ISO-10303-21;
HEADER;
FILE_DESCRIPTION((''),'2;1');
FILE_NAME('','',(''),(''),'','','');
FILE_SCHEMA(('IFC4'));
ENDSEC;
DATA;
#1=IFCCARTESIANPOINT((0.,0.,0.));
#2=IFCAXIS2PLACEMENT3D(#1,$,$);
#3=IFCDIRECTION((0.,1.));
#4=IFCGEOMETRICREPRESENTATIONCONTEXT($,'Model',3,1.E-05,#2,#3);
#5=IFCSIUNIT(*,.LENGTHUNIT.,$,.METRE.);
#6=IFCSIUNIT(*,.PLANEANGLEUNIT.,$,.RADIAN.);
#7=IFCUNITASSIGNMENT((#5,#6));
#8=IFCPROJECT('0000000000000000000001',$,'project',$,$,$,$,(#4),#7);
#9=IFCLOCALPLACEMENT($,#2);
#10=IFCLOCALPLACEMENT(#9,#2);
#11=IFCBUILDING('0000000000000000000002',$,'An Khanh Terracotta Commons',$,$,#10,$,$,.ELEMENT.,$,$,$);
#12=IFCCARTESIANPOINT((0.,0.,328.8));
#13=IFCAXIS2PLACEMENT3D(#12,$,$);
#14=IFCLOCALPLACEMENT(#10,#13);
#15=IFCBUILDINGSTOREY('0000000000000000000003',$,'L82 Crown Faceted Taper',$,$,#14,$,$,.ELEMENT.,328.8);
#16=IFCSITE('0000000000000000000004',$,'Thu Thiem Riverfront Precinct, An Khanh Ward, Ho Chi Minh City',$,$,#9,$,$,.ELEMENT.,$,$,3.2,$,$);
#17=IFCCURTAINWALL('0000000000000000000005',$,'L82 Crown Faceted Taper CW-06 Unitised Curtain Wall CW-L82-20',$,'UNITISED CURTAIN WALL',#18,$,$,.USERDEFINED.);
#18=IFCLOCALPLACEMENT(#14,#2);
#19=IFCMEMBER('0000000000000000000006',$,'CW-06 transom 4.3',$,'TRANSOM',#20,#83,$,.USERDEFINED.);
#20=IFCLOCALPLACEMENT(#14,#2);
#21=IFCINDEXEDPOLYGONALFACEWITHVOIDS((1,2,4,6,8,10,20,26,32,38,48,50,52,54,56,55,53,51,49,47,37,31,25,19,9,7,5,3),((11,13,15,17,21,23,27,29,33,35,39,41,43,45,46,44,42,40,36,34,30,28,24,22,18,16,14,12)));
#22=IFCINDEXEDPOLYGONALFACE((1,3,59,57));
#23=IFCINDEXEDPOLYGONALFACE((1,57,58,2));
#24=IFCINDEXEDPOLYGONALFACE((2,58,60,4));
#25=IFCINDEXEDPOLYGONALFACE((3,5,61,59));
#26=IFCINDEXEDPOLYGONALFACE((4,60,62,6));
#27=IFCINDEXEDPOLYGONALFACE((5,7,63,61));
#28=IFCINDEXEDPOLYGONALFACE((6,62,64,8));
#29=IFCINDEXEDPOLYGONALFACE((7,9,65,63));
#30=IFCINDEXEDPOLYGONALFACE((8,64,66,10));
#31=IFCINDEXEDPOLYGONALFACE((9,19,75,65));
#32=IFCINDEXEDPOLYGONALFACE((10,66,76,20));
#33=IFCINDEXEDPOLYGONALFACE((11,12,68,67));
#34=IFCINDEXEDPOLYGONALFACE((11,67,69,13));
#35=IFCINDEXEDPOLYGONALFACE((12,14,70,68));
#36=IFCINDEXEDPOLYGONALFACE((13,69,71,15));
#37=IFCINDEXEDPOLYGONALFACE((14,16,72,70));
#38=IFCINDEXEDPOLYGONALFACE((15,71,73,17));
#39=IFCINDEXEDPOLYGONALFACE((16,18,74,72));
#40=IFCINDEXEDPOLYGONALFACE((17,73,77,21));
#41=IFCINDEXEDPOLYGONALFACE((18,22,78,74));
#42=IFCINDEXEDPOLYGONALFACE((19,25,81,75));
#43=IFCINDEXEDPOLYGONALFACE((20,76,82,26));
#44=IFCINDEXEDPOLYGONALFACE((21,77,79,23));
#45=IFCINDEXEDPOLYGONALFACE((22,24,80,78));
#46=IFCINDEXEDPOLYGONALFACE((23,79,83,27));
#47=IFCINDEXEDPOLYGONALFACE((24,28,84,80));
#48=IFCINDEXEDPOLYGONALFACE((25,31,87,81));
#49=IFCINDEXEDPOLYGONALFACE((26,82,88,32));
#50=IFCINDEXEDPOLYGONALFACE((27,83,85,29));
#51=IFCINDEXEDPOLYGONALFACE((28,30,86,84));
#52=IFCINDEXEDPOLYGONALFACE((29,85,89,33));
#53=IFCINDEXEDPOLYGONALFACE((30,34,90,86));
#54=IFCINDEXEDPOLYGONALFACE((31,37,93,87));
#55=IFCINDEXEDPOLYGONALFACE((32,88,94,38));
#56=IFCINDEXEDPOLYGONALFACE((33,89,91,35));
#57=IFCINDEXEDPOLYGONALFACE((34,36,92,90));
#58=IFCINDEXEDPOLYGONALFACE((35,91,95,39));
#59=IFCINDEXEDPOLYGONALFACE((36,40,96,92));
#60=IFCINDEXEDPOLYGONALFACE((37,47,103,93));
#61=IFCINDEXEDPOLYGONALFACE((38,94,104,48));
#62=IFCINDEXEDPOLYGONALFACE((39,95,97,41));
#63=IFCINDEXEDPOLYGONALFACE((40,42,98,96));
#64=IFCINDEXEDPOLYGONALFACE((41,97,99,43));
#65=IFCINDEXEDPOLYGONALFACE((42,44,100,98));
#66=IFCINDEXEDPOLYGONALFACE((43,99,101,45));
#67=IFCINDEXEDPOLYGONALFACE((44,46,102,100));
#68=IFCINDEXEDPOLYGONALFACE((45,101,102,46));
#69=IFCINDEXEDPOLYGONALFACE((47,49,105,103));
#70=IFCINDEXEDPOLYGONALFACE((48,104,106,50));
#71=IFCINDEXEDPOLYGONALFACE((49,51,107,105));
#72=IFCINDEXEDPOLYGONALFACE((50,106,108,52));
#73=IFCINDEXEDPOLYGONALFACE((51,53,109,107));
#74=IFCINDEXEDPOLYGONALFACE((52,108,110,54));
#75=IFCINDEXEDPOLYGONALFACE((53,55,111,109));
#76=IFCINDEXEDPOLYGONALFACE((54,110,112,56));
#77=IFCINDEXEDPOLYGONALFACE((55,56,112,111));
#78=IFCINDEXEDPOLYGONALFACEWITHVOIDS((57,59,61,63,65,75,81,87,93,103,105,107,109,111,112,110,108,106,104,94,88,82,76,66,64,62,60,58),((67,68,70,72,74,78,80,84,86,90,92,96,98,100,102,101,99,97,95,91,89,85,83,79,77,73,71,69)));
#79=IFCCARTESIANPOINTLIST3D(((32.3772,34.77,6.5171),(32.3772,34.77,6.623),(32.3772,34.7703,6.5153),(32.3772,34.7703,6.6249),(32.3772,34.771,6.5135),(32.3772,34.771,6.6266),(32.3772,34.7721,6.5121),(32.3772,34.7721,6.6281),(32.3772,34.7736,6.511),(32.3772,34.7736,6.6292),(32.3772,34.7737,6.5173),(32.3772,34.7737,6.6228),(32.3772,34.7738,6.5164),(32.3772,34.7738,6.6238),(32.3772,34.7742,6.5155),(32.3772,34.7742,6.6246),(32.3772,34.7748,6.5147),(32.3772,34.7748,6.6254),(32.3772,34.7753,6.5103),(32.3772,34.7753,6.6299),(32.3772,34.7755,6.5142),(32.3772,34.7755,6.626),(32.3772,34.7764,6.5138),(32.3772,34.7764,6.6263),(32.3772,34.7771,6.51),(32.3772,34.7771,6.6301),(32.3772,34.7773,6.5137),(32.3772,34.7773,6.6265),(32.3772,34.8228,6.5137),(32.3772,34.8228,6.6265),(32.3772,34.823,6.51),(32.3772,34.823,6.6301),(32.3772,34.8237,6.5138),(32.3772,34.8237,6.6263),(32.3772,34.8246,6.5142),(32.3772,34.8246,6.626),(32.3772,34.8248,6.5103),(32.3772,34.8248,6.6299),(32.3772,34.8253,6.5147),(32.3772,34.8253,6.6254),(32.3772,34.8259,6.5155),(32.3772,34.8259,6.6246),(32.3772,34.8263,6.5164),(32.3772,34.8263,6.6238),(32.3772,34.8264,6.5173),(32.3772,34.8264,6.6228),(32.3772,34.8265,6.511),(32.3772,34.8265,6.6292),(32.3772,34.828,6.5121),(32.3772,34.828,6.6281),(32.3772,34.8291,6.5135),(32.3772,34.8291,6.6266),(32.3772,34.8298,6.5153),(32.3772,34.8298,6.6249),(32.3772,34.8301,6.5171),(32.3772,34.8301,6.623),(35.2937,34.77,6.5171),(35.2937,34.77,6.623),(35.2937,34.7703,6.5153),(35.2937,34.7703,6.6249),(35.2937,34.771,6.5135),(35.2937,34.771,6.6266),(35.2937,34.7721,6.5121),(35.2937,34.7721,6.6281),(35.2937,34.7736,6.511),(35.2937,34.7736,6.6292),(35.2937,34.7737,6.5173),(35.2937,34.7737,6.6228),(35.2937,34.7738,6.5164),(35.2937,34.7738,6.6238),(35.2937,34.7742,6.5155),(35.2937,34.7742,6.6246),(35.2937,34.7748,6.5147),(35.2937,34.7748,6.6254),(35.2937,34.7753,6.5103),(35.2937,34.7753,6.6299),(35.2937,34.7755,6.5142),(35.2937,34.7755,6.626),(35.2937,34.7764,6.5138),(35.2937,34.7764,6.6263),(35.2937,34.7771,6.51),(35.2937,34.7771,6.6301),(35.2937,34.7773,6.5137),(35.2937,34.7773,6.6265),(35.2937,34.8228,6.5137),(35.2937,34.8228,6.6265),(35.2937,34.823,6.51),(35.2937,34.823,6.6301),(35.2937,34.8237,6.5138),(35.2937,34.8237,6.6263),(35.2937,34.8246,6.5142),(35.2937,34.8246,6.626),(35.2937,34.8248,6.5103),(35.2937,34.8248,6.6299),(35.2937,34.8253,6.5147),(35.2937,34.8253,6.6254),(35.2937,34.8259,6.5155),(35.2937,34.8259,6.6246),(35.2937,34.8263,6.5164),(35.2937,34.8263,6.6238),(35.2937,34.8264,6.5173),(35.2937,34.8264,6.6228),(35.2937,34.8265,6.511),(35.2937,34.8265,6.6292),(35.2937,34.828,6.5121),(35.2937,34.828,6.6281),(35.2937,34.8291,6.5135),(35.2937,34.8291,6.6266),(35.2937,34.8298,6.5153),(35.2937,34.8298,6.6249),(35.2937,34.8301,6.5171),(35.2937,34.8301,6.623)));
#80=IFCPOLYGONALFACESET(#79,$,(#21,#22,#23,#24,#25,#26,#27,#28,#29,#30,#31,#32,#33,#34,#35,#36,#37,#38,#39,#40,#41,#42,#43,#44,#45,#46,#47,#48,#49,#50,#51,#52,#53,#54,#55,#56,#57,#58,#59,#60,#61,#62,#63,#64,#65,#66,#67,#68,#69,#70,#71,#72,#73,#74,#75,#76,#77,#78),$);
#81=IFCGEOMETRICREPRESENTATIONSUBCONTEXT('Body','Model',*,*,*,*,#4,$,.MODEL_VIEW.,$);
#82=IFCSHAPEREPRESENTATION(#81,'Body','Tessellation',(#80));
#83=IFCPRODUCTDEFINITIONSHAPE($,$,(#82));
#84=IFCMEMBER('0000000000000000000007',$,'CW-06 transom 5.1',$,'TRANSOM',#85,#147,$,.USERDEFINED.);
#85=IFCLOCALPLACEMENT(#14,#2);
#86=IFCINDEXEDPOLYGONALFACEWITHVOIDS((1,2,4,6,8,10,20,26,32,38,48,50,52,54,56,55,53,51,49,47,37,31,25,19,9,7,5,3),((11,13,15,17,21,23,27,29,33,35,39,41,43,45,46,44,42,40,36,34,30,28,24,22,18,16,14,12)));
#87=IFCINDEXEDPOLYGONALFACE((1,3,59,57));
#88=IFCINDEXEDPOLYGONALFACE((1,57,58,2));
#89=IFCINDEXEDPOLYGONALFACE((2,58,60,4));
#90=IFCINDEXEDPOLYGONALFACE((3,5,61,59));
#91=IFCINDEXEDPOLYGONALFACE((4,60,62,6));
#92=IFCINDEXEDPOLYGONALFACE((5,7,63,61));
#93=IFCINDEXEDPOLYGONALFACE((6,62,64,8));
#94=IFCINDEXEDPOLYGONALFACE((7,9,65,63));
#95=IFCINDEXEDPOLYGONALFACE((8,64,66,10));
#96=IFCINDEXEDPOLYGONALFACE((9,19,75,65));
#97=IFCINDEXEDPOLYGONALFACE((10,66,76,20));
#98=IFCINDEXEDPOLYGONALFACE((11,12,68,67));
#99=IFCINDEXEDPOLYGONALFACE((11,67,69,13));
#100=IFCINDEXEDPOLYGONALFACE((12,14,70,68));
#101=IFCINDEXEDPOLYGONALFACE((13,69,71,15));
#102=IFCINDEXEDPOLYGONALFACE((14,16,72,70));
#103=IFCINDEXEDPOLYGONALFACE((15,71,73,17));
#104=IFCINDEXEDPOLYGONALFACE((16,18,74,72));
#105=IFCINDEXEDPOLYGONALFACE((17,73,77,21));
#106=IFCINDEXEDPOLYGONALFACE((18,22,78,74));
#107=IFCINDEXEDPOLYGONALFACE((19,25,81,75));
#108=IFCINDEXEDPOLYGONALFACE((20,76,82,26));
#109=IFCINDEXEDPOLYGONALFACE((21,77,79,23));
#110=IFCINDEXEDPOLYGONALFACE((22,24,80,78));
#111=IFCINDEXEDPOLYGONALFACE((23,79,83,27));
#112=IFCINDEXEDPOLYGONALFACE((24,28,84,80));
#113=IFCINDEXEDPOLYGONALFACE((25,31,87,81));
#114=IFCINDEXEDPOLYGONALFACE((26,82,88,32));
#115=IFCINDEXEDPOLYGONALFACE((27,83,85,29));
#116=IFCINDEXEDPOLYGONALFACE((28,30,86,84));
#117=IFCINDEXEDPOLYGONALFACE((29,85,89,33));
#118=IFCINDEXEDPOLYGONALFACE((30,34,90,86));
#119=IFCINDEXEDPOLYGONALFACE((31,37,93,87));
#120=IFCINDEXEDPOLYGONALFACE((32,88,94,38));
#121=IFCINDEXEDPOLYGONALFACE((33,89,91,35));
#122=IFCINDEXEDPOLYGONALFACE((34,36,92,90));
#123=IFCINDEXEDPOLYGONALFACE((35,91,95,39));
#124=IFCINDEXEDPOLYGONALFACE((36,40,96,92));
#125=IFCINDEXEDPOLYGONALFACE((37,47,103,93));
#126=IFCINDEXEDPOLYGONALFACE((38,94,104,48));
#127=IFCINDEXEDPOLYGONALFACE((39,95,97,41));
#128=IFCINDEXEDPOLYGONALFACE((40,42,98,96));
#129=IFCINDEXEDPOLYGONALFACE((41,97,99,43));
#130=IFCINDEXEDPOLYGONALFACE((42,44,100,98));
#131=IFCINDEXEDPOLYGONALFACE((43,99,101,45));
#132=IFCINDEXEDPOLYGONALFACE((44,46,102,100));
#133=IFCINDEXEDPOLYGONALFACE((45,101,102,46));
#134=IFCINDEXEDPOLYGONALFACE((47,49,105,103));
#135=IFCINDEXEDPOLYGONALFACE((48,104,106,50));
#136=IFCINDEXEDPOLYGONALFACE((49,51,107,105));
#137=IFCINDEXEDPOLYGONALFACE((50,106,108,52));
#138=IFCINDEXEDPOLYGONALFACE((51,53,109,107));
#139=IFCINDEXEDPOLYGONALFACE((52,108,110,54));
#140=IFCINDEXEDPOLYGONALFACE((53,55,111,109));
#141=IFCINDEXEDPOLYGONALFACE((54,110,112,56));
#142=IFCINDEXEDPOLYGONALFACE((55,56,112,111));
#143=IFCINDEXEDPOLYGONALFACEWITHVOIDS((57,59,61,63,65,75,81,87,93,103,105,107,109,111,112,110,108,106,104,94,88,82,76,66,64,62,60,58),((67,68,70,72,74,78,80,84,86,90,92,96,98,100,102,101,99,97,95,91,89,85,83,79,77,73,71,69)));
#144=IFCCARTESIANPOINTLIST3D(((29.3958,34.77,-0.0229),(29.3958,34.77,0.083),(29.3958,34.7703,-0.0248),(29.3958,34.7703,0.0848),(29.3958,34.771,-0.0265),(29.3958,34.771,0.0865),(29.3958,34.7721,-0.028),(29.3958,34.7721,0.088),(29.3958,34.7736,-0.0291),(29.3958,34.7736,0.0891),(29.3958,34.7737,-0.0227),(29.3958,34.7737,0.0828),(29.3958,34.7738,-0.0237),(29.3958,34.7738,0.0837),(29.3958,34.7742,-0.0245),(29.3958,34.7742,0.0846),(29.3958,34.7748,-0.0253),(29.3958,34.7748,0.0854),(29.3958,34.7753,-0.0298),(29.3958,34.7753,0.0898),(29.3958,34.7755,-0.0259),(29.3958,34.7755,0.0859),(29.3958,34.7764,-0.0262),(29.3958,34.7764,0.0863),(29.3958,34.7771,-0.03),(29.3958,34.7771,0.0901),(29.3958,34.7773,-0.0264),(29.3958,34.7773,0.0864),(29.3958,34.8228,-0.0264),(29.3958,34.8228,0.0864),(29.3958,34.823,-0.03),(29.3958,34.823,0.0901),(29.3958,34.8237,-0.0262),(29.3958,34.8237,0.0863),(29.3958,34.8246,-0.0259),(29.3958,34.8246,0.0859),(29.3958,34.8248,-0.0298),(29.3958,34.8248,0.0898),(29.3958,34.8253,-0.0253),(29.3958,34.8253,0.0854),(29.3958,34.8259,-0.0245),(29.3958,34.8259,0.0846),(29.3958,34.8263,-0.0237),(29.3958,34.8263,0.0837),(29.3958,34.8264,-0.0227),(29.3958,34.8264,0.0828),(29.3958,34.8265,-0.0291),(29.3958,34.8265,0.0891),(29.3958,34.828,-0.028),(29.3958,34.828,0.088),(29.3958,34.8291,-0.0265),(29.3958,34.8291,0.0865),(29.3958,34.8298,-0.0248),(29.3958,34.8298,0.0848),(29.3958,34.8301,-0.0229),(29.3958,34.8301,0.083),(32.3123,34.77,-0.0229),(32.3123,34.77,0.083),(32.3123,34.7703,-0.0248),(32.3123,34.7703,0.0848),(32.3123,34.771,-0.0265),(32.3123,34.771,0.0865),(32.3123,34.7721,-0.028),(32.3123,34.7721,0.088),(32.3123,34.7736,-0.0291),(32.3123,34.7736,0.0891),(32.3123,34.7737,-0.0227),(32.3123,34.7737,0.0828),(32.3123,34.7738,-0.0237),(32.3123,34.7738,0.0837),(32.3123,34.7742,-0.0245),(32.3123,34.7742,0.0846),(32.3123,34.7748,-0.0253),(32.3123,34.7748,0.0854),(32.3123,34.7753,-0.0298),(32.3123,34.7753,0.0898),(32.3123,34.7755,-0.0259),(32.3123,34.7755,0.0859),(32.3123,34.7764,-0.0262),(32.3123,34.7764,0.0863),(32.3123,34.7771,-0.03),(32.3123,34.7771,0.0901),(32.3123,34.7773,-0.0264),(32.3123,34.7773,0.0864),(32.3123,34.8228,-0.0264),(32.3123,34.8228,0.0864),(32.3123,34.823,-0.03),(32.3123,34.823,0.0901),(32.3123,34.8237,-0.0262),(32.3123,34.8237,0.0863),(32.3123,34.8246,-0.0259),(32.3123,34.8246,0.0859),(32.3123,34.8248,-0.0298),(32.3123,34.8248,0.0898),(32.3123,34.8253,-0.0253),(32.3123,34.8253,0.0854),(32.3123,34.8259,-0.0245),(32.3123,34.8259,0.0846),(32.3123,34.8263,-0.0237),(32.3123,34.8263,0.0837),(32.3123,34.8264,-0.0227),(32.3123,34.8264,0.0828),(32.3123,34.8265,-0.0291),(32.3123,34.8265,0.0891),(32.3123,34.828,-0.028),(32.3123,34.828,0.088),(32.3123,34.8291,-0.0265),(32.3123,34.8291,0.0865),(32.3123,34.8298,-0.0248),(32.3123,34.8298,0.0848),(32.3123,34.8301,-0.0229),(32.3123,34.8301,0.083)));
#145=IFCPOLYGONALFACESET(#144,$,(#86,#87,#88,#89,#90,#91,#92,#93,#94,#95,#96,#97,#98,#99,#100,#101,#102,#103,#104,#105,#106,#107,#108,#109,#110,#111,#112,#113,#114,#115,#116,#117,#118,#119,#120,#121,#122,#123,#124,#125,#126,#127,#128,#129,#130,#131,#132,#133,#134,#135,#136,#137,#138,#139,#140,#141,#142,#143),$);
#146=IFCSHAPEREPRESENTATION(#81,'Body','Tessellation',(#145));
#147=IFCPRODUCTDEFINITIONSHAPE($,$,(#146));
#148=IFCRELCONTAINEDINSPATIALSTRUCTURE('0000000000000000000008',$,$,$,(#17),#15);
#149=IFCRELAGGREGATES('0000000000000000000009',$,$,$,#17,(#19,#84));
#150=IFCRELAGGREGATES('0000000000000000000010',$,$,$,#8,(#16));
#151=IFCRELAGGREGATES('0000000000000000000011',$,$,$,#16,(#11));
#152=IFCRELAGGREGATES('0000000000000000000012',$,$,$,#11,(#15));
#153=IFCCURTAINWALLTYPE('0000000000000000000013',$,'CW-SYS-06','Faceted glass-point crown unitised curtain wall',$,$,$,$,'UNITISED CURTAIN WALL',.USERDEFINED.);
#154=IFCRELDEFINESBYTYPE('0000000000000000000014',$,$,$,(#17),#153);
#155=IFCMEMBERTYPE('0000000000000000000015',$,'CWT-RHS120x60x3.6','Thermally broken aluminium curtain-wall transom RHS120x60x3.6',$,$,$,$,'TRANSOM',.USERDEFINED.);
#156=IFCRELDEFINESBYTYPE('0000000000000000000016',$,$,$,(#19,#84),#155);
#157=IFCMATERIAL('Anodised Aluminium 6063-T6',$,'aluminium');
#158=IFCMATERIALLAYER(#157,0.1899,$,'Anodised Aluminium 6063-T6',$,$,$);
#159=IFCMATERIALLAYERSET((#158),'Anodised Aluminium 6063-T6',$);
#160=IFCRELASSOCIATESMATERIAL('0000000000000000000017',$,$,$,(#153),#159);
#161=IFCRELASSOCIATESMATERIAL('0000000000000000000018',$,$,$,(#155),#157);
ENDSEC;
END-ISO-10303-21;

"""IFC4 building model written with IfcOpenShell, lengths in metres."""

from ifc_helpers import new_model, si_unit, direction, frame, origin, origin_2d, place, context, subcontext, project, spatial, hollow_rectangle, extrude, material, layer, layer_set, material_profile, profile_set, type_object, element, aggregate, save


model = new_model("IFC4")

# Units and contexts
model_context = context("Model", 3, precision=1e-05, world=origin(), true_north=direction((0.0, 1.0)))
body_context = subcontext(model_context, "Body", "Model", "MODEL_VIEW")
ifc_project = project(units=[si_unit("LENGTHUNIT", "METRE"), si_unit("PLANEANGLEUNIT", "RADIAN")], contexts=[model_context])

# Site, building, storey
site_placement = place(None, origin())
site = spatial("IfcSite", under=ifc_project, at=site_placement, Name="Thu Thiem Riverfront Precinct, An Khanh Ward, Ho Chi Minh City", CompositionType="ELEMENT", RefElevation=3.2)
building_placement = place(site_placement, origin())
building = spatial("IfcBuilding", under=site, at=building_placement, Name="An Khanh Terracotta Commons", CompositionType="ELEMENT")
storey_placement = place(building_placement, frame((0.0, 0.0, 328.8)))
storey = spatial("IfcBuildingStorey", under=building, at=storey_placement, Name="L82 Crown Faceted Taper", CompositionType="ELEMENT", Elevation=328.8)

# Curtain wall, members
ifc_material_1 = material(Name="Anodised Aluminium 6063-T6", Category="aluminium")
ifc_layer_1 = layer(ifc_material_1, 0.1899, Name="Anodised Aluminium 6063-T6")
ifc_layer_set_1 = layer_set([ifc_layer_1], Name="Anodised Aluminium 6063-T6")
curtain_wall_type = type_object("IfcCurtainWallType", Name="CW-SYS-06", Description="Faceted glass-point crown unitised curtain wall", ElementType="UNITISED CURTAIN WALL", PredefinedType="USERDEFINED", material=ifc_layer_set_1)
curtain_wall_placement = place(storey_placement, origin())
curtain_wall = element("IfcCurtainWall", 1, at=curtain_wall_placement, inside=storey, type_object=curtain_wall_type, Name="L82 Crown Faceted Taper CW-06 Unitised Curtain Wall CW-L82-20", ObjectType="UNITISED CURTAIN WALL", PredefinedType="USERDEFINED")
ifc_material_profile_1 = material_profile(ifc_material_1, hollow_rectangle(XDim=0.0601, YDim=0.1201, WallThickness=0.0037, InnerFilletRadius=0.0037, OuterFilletRadius=0.0071, at=origin_2d()), Name="RHS120x60x3.6")
ifc_profile_set_1 = profile_set([ifc_material_profile_1], Name="Anodised Aluminium 6063-T6")
member_type_1 = type_object("IfcMemberType", Name="CWT-RHS120x60x3.6", Description="Thermally broken aluminium curtain-wall transom RHS120x60x3.6", ElementType="TRANSOM", PredefinedType="USERDEFINED", material=ifc_profile_set_1)
member_1_placement = place(storey_placement, frame((35.2937, 34.8, 6.5701), z_axis=(-1.0, 0.0, 0.0), x_axis=(0.0, -1.0, 0.0)))
member_1 = element("IfcMember", 2, at=member_1_placement, type_object=member_type_1, Name="CW-06 transom 4.3", ObjectType="TRANSOM", PredefinedType="USERDEFINED", context=body_context, shape_type="SweptSolid", body=[
    extrude(hollow_rectangle(XDim=0.0601, YDim=0.1201, WallThickness=0.0037, InnerFilletRadius=0.0037, OuterFilletRadius=0.0071, at=origin_2d()), origin(), (0.0, 0.0, 1.0), 2.9165),
])
member_2_placement = place(storey_placement, frame((32.3123, 34.8, 0.03), z_axis=(-1.0, 0.0, 0.0), x_axis=(0.0, -1.0, 0.0)))
member_2 = element("IfcMember", 3, at=member_2_placement, type_object=member_type_1, Name="CW-06 transom 5.1", ObjectType="TRANSOM", PredefinedType="USERDEFINED", context=body_context, shape_type="SweptSolid", body=[
    extrude(hollow_rectangle(XDim=0.0601, YDim=0.1201, WallThickness=0.0037, InnerFilletRadius=0.0037, OuterFilletRadius=0.0071, at=origin_2d()), origin(), (0.0, 0.0, 1.0), 2.9165),
])
aggregate(curtain_wall, [member_1, member_2])

save(model, "model.ifc")
